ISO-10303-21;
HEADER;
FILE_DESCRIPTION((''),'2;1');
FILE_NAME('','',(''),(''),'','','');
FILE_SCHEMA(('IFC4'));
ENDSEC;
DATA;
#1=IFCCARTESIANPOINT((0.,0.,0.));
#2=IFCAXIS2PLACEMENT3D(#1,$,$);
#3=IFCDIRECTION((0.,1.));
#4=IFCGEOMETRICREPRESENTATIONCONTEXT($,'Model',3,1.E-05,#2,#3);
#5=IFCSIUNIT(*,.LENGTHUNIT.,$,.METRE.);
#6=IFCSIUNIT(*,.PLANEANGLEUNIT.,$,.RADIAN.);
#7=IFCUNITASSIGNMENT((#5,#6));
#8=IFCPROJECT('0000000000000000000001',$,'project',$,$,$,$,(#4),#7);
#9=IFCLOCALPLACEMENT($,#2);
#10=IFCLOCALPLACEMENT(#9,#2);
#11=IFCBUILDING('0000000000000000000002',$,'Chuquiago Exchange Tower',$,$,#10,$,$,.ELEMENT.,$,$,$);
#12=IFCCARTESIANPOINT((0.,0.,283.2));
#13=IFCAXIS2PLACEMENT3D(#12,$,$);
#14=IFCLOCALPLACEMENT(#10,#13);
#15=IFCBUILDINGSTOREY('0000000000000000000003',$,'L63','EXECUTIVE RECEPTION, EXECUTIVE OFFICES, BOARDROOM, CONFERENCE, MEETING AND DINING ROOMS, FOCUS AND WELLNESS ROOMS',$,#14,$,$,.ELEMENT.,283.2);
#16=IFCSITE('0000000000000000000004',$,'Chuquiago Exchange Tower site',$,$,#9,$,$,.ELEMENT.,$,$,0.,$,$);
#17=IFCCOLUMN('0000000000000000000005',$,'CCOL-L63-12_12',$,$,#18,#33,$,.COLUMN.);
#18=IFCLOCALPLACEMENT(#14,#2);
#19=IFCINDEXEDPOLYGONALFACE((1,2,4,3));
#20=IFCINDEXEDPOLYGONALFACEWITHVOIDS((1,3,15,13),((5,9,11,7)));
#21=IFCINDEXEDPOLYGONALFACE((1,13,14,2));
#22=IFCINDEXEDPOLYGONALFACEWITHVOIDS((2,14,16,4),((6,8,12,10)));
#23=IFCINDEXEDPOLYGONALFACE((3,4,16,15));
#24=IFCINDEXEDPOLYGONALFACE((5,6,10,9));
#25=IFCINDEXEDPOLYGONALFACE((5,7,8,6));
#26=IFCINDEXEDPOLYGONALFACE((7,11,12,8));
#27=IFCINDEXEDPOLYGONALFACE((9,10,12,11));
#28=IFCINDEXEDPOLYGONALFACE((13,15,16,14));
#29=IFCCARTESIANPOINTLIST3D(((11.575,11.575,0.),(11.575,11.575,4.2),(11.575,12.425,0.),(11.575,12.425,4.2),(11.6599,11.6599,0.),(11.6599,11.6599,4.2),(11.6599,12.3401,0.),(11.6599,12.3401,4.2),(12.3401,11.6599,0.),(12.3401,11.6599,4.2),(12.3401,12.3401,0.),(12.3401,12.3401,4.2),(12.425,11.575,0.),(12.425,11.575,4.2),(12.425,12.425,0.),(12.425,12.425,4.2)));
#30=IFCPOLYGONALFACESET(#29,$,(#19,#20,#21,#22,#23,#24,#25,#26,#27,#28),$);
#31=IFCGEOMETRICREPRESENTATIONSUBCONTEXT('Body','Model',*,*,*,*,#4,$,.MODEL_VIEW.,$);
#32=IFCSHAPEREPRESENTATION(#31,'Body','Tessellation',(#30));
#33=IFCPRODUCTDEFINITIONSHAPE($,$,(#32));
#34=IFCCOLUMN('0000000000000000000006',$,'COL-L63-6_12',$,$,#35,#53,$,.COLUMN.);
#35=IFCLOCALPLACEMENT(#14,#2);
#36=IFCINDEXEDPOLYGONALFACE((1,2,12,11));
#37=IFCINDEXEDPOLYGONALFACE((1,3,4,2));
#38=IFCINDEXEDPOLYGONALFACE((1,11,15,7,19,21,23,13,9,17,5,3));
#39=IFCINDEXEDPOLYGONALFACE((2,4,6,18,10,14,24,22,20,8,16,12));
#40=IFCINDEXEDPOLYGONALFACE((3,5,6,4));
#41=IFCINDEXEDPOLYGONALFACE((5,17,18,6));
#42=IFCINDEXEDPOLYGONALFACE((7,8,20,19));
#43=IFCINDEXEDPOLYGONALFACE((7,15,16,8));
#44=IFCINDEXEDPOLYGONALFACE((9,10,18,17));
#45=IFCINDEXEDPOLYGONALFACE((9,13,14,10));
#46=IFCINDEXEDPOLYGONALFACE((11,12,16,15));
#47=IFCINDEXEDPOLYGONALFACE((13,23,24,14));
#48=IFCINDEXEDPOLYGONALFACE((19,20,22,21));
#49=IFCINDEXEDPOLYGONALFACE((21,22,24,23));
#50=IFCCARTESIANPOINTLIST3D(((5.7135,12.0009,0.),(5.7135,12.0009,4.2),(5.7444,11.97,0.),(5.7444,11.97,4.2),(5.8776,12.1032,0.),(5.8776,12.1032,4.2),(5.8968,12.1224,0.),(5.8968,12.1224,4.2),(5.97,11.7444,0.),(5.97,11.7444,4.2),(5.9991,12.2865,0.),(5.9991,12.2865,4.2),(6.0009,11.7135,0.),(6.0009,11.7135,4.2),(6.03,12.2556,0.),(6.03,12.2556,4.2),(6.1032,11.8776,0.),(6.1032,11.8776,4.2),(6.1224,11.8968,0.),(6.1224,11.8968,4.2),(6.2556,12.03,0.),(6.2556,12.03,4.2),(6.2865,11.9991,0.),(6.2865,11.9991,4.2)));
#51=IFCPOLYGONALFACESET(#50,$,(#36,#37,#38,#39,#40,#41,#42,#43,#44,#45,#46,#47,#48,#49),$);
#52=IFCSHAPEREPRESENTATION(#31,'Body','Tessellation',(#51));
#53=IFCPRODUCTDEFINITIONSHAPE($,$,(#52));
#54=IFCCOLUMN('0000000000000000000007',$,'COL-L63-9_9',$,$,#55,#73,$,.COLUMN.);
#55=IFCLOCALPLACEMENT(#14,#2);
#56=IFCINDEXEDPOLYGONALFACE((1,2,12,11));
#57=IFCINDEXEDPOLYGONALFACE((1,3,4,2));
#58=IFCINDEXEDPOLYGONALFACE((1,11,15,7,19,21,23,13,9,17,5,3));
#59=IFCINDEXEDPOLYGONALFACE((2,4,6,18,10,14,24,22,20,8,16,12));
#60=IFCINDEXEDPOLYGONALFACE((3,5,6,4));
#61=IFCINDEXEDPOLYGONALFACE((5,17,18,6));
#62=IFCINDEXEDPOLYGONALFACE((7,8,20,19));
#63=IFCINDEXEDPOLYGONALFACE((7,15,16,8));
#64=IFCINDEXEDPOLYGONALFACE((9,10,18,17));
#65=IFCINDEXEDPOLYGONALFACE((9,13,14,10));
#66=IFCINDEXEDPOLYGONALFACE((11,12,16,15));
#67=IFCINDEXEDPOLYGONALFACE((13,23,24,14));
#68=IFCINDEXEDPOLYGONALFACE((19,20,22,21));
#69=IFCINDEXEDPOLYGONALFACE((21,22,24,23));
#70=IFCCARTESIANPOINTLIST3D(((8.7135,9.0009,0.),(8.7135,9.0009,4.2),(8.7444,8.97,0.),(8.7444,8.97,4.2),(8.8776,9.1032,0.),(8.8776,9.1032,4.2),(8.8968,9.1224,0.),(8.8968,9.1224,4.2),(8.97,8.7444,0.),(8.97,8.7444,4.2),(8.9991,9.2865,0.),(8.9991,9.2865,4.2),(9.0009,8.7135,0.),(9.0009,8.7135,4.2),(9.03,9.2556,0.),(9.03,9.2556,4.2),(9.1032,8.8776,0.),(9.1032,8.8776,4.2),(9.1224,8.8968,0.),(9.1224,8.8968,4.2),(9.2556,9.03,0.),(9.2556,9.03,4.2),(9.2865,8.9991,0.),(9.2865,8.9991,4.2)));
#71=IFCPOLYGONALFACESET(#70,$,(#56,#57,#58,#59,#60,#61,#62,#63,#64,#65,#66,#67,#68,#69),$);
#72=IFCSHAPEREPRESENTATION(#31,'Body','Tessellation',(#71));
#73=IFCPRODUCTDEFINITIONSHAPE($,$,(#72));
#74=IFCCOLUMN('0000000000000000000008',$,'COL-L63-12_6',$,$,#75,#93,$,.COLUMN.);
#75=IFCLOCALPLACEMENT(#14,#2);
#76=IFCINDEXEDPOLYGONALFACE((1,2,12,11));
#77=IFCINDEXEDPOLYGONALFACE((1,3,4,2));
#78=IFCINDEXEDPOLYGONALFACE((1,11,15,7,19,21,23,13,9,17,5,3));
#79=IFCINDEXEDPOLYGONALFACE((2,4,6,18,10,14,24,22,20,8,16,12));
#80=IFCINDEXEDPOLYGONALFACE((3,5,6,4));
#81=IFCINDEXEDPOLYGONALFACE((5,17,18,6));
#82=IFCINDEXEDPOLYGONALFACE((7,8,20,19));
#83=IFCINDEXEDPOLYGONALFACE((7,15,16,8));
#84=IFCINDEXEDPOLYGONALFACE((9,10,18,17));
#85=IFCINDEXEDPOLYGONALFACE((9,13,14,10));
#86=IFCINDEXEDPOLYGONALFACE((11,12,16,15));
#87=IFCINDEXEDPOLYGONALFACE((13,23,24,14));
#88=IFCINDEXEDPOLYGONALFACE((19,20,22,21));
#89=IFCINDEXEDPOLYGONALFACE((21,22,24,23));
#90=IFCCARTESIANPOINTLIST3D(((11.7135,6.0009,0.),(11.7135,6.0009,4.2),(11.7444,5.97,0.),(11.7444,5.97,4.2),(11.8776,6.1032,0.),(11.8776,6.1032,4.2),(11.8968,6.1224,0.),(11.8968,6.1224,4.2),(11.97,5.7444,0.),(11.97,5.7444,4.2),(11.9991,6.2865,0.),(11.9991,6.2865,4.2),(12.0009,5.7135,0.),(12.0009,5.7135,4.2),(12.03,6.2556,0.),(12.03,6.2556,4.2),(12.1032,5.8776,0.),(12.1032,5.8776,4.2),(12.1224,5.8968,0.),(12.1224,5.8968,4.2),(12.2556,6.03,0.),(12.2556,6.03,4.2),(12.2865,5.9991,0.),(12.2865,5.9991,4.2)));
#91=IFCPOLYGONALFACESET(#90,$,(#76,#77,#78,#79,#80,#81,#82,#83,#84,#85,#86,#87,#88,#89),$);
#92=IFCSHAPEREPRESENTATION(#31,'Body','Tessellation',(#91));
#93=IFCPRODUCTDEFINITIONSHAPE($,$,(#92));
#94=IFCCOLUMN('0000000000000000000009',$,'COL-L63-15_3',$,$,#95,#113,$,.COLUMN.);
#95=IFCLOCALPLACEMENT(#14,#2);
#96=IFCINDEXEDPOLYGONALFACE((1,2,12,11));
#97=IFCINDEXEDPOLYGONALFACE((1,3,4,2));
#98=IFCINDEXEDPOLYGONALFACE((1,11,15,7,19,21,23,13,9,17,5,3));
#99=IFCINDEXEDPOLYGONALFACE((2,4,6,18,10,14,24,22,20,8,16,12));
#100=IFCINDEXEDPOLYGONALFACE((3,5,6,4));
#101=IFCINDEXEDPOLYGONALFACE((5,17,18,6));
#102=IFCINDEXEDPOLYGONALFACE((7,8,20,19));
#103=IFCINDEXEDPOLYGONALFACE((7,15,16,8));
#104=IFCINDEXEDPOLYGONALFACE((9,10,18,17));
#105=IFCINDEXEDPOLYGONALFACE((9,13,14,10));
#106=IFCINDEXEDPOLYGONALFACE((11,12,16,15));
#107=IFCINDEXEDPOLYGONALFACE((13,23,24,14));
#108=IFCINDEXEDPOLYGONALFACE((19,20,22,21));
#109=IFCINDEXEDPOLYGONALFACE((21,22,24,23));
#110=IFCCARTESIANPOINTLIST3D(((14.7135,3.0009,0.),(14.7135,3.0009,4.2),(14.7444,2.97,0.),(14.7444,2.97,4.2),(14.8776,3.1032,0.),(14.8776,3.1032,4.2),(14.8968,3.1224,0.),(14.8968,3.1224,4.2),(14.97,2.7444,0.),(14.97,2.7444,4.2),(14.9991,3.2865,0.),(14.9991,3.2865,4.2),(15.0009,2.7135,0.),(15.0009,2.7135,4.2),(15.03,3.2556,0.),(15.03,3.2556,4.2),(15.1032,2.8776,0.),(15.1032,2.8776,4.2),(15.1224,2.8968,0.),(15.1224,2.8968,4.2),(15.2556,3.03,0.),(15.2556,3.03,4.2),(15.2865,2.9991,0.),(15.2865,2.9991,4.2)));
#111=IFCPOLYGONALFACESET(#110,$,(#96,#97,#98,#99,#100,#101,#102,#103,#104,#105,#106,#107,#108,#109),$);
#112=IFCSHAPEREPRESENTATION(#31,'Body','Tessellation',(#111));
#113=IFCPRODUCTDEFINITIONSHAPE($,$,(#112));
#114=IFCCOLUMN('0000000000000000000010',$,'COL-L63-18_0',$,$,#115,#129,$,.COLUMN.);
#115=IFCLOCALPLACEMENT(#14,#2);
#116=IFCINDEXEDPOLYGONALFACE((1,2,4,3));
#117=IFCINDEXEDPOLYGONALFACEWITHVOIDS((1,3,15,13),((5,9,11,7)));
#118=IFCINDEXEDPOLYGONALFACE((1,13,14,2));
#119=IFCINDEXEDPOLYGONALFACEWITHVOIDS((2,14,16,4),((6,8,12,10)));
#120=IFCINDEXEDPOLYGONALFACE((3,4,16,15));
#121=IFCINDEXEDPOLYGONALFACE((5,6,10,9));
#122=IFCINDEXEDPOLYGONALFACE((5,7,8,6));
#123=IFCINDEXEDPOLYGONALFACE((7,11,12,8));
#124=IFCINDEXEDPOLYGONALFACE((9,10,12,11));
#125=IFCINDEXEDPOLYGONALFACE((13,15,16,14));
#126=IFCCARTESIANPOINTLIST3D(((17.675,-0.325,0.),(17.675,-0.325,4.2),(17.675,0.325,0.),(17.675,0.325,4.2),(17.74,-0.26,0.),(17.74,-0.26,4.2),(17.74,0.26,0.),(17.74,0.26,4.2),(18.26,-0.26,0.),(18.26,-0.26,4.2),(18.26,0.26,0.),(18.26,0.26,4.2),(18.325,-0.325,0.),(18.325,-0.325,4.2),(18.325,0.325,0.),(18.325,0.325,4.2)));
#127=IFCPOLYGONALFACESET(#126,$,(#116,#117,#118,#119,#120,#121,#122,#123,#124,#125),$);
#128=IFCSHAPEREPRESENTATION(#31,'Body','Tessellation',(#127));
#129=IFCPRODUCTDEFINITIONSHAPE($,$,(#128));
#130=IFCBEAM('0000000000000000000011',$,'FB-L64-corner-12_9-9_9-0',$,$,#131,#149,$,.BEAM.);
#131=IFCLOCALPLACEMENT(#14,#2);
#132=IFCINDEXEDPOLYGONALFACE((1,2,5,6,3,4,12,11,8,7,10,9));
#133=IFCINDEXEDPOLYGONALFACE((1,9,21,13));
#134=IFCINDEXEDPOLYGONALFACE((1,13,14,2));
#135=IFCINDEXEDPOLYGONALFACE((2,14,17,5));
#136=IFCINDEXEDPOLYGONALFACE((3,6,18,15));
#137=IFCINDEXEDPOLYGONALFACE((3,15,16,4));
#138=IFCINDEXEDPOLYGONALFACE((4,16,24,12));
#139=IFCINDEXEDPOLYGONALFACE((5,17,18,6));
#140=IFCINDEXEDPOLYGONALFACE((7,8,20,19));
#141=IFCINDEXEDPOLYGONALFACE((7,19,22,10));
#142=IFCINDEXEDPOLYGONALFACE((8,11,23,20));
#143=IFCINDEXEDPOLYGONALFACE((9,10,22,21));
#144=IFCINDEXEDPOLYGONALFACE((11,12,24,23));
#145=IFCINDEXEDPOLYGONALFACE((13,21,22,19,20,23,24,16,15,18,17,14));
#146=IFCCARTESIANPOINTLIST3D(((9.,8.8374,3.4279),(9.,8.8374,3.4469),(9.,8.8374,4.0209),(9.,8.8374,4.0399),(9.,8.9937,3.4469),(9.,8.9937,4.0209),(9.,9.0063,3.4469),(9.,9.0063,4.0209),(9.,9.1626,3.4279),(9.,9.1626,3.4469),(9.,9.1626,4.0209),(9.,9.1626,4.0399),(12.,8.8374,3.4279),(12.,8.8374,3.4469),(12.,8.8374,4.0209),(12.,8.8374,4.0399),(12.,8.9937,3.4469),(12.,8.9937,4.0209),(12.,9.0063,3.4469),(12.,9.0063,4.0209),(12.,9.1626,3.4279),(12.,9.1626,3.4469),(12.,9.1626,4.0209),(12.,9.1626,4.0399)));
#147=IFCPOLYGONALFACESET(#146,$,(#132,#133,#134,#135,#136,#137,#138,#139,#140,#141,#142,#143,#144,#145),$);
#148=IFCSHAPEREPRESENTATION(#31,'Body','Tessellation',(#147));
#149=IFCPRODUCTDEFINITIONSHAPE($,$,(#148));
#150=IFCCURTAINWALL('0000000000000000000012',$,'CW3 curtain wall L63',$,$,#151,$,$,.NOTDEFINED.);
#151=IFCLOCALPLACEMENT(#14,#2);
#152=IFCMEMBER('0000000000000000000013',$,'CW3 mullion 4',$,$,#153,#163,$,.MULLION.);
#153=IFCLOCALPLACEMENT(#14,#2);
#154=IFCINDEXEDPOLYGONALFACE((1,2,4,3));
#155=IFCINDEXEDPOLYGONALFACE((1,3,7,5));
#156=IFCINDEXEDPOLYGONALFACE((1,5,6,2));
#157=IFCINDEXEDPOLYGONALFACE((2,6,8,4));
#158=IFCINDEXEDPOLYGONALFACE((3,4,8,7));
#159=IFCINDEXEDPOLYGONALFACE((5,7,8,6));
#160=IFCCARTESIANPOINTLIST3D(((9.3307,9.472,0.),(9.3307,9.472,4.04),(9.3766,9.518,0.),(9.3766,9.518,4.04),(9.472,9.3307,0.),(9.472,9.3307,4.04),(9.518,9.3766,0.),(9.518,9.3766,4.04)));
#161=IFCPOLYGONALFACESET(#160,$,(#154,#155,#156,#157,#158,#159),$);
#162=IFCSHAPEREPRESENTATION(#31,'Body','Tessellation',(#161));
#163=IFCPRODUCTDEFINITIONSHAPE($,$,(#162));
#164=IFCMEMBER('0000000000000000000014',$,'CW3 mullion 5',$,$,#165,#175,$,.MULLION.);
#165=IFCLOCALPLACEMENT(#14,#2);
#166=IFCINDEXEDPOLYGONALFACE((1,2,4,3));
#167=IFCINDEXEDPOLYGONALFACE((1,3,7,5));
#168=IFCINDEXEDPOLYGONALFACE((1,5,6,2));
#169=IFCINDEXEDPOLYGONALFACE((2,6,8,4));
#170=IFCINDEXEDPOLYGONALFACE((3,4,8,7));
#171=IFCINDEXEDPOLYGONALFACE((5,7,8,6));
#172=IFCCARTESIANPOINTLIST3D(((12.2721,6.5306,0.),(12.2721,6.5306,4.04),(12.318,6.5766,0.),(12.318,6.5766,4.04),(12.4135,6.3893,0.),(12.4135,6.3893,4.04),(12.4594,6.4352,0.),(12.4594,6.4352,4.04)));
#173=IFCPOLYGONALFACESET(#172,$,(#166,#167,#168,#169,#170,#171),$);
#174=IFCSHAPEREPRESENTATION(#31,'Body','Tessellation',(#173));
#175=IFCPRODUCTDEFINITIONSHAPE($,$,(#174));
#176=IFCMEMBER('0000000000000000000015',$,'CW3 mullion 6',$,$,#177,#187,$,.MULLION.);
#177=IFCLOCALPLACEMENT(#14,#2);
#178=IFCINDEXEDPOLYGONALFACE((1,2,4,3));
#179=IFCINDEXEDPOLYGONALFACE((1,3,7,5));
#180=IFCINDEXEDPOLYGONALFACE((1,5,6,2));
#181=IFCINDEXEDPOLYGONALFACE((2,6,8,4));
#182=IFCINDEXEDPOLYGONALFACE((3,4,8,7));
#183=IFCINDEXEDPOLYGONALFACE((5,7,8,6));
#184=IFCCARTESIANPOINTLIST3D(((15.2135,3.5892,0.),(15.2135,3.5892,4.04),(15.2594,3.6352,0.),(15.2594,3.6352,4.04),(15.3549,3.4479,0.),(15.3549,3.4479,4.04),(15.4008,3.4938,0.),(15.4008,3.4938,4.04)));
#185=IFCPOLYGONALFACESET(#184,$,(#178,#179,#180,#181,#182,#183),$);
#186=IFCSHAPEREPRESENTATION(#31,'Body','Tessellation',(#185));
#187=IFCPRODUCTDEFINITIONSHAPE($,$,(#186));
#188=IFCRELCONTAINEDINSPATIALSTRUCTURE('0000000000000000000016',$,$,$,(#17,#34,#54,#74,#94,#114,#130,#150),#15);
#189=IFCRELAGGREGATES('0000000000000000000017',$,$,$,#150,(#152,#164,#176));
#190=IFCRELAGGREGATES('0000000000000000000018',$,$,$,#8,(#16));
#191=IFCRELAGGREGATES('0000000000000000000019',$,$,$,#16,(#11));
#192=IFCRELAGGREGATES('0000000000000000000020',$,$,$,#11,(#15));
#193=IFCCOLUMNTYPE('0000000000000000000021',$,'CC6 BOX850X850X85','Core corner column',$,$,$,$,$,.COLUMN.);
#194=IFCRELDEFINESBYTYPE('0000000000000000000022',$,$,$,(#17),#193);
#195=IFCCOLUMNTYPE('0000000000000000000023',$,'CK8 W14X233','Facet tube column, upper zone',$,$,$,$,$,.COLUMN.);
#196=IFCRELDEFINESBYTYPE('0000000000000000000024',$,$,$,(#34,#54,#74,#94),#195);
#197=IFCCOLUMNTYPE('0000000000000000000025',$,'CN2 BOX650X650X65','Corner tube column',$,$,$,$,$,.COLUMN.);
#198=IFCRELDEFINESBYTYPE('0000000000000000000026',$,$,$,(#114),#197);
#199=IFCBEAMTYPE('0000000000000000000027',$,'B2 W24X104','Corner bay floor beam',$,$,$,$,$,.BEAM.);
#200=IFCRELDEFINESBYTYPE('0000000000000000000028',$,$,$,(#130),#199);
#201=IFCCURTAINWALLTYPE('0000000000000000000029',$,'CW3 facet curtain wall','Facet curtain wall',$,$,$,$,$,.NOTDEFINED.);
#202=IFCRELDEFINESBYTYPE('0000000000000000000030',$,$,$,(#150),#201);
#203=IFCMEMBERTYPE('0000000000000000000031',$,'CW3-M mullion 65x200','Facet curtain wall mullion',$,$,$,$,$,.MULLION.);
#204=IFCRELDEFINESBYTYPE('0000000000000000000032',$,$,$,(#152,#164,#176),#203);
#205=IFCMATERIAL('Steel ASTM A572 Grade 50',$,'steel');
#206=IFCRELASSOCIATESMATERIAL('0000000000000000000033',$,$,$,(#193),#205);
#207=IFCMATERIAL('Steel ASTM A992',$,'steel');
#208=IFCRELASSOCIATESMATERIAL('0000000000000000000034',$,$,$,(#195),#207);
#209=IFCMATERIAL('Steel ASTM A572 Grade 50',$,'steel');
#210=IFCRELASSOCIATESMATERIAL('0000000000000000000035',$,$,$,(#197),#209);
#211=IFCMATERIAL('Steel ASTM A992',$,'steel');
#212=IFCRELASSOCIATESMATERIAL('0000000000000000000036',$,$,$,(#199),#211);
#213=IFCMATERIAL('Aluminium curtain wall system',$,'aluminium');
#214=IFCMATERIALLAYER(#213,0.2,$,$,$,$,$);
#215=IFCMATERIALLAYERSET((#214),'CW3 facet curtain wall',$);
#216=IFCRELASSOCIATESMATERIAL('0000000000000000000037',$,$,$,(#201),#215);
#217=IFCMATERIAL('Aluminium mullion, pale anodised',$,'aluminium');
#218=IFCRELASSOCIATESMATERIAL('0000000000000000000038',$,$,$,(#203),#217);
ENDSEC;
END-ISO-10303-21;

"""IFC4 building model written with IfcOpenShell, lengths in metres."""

from ifc_helpers import new_model, si_unit, direction, frame, origin, origin_2d, place, context, subcontext, project, spatial, rectangle, hollow_rectangle, i_section, extrude, material, layer, layer_set, material_profile, profile_set, type_object, element, aggregate, save


model = new_model("IFC4")

# Units and contexts
model_context = context("Model", 3, precision=1e-05, world=origin(), true_north=direction((0.0, 1.0)))
body_context = subcontext(model_context, "Body", "Model", "MODEL_VIEW")
ifc_project = project(units=[si_unit("LENGTHUNIT", "METRE"), si_unit("PLANEANGLEUNIT", "RADIAN")], contexts=[model_context])

# Site, building, storey
site_placement = place(None, origin())
site = spatial("IfcSite", under=ifc_project, at=site_placement, Name="Chuquiago Exchange Tower site", CompositionType="ELEMENT", RefElevation=0.0)
building_placement = place(site_placement, origin())
building = spatial("IfcBuilding", under=site, at=building_placement, Name="Chuquiago Exchange Tower", CompositionType="ELEMENT")
storey_placement = place(building_placement, frame((0.0, 0.0, 283.2)))
storey = spatial("IfcBuildingStorey", under=building, at=storey_placement, Name="L63", Description="EXECUTIVE RECEPTION, EXECUTIVE OFFICES, BOARDROOM, CONFERENCE, MEETING AND DINING ROOMS, FOCUS AND WELLNESS ROOMS", CompositionType="ELEMENT", Elevation=283.2)

# Columns
ifc_material_1 = material(Name="Steel ASTM A572 Grade 50", Category="steel")
ifc_material_profile_1 = material_profile(ifc_material_1, hollow_rectangle(XDim=0.8501, YDim=0.8501, WallThickness=0.085, at=origin_2d()), Name="BOX850X850X85")
ifc_profile_set_1 = profile_set([ifc_material_profile_1], Name="Steel ASTM A572 Grade 50")
column_type_1 = type_object("IfcColumnType", Name="CC6 BOX850X850X85", Description="Core corner column", PredefinedType="COLUMN", material=ifc_profile_set_1)
column_1_placement = place(storey_placement, frame((12.0, 12.0, 0.0), z_axis=(0.0, 0.0, 1.0), x_axis=(1.0, 0.0, 0.0)))
element("IfcColumn", 1, at=column_1_placement, inside=storey, type_object=column_type_1, Name="CCOL-L63-12_12", PredefinedType="COLUMN", context=body_context, shape_type="SweptSolid", body=[
    extrude(hollow_rectangle(XDim=0.8501, YDim=0.8501, WallThickness=0.085, at=origin_2d()), origin(), (0.0, 0.0, 1.0), 4.2),
])
ifc_material_2 = material(Name="Steel ASTM A992", Category="steel")
ifc_material_profile_2 = material_profile(ifc_material_2, i_section(OverallWidth=0.4038, OverallDepth=0.4065, WebThickness=0.0271, FlangeThickness=0.0437, at=origin_2d()), Name="W14X233")
ifc_profile_set_2 = profile_set([ifc_material_profile_2], Name="Steel ASTM A992")
column_type_2 = type_object("IfcColumnType", Name="CK8 W14X233", Description="Facet tube column, upper zone", PredefinedType="COLUMN", material=ifc_profile_set_2)
for number, where, z_axis, x_axis, name in (
    (2, (6.0, 12.0, 0.0), (0.0, 0.0, 1.0), (-0.707107, -0.707107, 0.0), "COL-L63-6_12"),
    (3, (9.0, 9.0, 0.0), (0.0, 0.0, 1.0), (-0.707107, -0.707107, 0.0), "COL-L63-9_9"),
    (4, (12.0, 6.0, 0.0), (0.0, 0.0, 1.0), (-0.707107, -0.707107, 0.0), "COL-L63-12_6"),
    (5, (15.0, 3.0, 0.0), (0.0, 0.0, 1.0), (-0.707107, -0.707107, 0.0), "COL-L63-15_3"),
):
    element("IfcColumn", number, at=place(storey_placement, frame(where, z_axis=z_axis, x_axis=x_axis)), inside=storey, type_object=column_type_2, Name=name, PredefinedType="COLUMN", context=body_context, shape_type="SweptSolid", body=[
        extrude(i_section(OverallWidth=0.4038, OverallDepth=0.4065, WebThickness=0.0271, FlangeThickness=0.0437, at=origin_2d()), origin(), (0.0, 0.0, 1.0), 4.2),
    ])
ifc_material_3 = material(Name="Steel ASTM A572 Grade 50", Category="steel")
ifc_material_profile_3 = material_profile(ifc_material_3, hollow_rectangle(XDim=0.6499, YDim=0.6499, WallThickness=0.0649, at=origin_2d()), Name="BOX650X650X65")
ifc_profile_set_3 = profile_set([ifc_material_profile_3], Name="Steel ASTM A572 Grade 50")
column_type_3 = type_object("IfcColumnType", Name="CN2 BOX650X650X65", Description="Corner tube column", PredefinedType="COLUMN", material=ifc_profile_set_3)
column_2_placement = place(storey_placement, frame((18.0, 0.0, 0.0), z_axis=(0.0, 0.0, 1.0), x_axis=(0.0, -1.0, 0.0)))
element("IfcColumn", 6, at=column_2_placement, inside=storey, type_object=column_type_3, Name="COL-L63-18_0", PredefinedType="COLUMN", context=body_context, shape_type="SweptSolid", body=[
    extrude(hollow_rectangle(XDim=0.6499, YDim=0.6499, WallThickness=0.0649, at=origin_2d()), origin(), (0.0, 0.0, 1.0), 4.2),
])

# Beam
ifc_material_4 = material(Name="Steel ASTM A992", Category="steel")
ifc_material_profile_4 = material_profile(ifc_material_4, i_section(OverallWidth=0.3252, OverallDepth=0.6121, WebThickness=0.0127, FlangeThickness=0.019, at=origin_2d()), Name="W24X104")
ifc_profile_set_4 = profile_set([ifc_material_profile_4], Name="Steel ASTM A992")
beam_type_1 = type_object("IfcBeamType", Name="B2 W24X104", Description="Corner bay floor beam", PredefinedType="BEAM", material=ifc_profile_set_4)
beam_1_placement = place(storey_placement, frame((12.0, 9.0, 3.7339), z_axis=(-1.0, 0.0, 0.0), x_axis=(0.0, -1.0, 0.0)))
element("IfcBeam", 7, at=beam_1_placement, inside=storey, type_object=beam_type_1, Name="FB-L64-corner-12_9-9_9-0", PredefinedType="BEAM", context=body_context, shape_type="SweptSolid", body=[
    extrude(i_section(OverallWidth=0.3252, OverallDepth=0.6121, WebThickness=0.0127, FlangeThickness=0.019, at=origin_2d()), origin(), (0.0, 0.0, 1.0), 3.0),
])

# Curtain wall, members
ifc_material_5 = material(Name="Aluminium curtain wall system", Category="aluminium")
ifc_layer_1 = layer(ifc_material_5, 0.2)
ifc_layer_set_1 = layer_set([ifc_layer_1], Name="CW3 facet curtain wall")
curtain_wall_type = type_object("IfcCurtainWallType", Name="CW3 facet curtain wall", Description="Facet curtain wall", PredefinedType="NOTDEFINED", material=ifc_layer_set_1)
curtain_wall_placement = place(storey_placement, origin())
curtain_wall = element("IfcCurtainWall", 8, at=curtain_wall_placement, inside=storey, type_object=curtain_wall_type, Name="CW3 curtain wall L63", PredefinedType="NOTDEFINED")
ifc_material_6 = material(Name="Aluminium mullion, pale anodised", Category="aluminium")
ifc_material_profile_5 = material_profile(ifc_material_6, rectangle(XDim=0.0649, YDim=0.2, at=origin_2d()), Name="AL 65x200")
ifc_profile_set_5 = profile_set([ifc_material_profile_5], Name="Aluminium mullion, pale anodised")
member_type_1 = type_object("IfcMemberType", Name="CW3-M mullion 65x200", Description="Facet curtain wall mullion", PredefinedType="MULLION", material=ifc_profile_set_5)
member_1_placement = place(storey_placement, frame((9.4243, 9.4243, 0.0), z_axis=(0.0, 0.0, 1.0), x_axis=(0.707107, 0.707107, 0.0)))
member_1 = element("IfcMember", 9, at=member_1_placement, type_object=member_type_1, Name="CW3 mullion 4", PredefinedType="MULLION", context=body_context, shape_type="SweptSolid", body=[
    extrude(rectangle(XDim=0.0649, YDim=0.2, at=origin_2d()), origin(), (0.0, 0.0, 1.0), 4.04),
])
member_2_placement = place(storey_placement, frame((12.3657, 6.4829, 0.0), z_axis=(0.0, 0.0, 1.0), x_axis=(0.707107, 0.707107, 0.0)))
member_2 = element("IfcMember", 10, at=member_2_placement, type_object=member_type_1, Name="CW3 mullion 5", PredefinedType="MULLION", context=body_context, shape_type="SweptSolid", body=[
    extrude(rectangle(XDim=0.0649, YDim=0.2, at=origin_2d()), origin(), (0.0, 0.0, 1.0), 4.04),
])
member_3_placement = place(storey_placement, frame((15.3071, 3.5415, 0.0), z_axis=(0.0, 0.0, 1.0), x_axis=(0.707107, 0.707107, 0.0)))
member_3 = element("IfcMember", 11, at=member_3_placement, type_object=member_type_1, Name="CW3 mullion 6", PredefinedType="MULLION", context=body_context, shape_type="SweptSolid", body=[
    extrude(rectangle(XDim=0.0649, YDim=0.2, at=origin_2d()), origin(), (0.0, 0.0, 1.0), 4.04),
])

aggregate(curtain_wall, [member_1, member_2, member_3])

save(model, "model.ifc")
